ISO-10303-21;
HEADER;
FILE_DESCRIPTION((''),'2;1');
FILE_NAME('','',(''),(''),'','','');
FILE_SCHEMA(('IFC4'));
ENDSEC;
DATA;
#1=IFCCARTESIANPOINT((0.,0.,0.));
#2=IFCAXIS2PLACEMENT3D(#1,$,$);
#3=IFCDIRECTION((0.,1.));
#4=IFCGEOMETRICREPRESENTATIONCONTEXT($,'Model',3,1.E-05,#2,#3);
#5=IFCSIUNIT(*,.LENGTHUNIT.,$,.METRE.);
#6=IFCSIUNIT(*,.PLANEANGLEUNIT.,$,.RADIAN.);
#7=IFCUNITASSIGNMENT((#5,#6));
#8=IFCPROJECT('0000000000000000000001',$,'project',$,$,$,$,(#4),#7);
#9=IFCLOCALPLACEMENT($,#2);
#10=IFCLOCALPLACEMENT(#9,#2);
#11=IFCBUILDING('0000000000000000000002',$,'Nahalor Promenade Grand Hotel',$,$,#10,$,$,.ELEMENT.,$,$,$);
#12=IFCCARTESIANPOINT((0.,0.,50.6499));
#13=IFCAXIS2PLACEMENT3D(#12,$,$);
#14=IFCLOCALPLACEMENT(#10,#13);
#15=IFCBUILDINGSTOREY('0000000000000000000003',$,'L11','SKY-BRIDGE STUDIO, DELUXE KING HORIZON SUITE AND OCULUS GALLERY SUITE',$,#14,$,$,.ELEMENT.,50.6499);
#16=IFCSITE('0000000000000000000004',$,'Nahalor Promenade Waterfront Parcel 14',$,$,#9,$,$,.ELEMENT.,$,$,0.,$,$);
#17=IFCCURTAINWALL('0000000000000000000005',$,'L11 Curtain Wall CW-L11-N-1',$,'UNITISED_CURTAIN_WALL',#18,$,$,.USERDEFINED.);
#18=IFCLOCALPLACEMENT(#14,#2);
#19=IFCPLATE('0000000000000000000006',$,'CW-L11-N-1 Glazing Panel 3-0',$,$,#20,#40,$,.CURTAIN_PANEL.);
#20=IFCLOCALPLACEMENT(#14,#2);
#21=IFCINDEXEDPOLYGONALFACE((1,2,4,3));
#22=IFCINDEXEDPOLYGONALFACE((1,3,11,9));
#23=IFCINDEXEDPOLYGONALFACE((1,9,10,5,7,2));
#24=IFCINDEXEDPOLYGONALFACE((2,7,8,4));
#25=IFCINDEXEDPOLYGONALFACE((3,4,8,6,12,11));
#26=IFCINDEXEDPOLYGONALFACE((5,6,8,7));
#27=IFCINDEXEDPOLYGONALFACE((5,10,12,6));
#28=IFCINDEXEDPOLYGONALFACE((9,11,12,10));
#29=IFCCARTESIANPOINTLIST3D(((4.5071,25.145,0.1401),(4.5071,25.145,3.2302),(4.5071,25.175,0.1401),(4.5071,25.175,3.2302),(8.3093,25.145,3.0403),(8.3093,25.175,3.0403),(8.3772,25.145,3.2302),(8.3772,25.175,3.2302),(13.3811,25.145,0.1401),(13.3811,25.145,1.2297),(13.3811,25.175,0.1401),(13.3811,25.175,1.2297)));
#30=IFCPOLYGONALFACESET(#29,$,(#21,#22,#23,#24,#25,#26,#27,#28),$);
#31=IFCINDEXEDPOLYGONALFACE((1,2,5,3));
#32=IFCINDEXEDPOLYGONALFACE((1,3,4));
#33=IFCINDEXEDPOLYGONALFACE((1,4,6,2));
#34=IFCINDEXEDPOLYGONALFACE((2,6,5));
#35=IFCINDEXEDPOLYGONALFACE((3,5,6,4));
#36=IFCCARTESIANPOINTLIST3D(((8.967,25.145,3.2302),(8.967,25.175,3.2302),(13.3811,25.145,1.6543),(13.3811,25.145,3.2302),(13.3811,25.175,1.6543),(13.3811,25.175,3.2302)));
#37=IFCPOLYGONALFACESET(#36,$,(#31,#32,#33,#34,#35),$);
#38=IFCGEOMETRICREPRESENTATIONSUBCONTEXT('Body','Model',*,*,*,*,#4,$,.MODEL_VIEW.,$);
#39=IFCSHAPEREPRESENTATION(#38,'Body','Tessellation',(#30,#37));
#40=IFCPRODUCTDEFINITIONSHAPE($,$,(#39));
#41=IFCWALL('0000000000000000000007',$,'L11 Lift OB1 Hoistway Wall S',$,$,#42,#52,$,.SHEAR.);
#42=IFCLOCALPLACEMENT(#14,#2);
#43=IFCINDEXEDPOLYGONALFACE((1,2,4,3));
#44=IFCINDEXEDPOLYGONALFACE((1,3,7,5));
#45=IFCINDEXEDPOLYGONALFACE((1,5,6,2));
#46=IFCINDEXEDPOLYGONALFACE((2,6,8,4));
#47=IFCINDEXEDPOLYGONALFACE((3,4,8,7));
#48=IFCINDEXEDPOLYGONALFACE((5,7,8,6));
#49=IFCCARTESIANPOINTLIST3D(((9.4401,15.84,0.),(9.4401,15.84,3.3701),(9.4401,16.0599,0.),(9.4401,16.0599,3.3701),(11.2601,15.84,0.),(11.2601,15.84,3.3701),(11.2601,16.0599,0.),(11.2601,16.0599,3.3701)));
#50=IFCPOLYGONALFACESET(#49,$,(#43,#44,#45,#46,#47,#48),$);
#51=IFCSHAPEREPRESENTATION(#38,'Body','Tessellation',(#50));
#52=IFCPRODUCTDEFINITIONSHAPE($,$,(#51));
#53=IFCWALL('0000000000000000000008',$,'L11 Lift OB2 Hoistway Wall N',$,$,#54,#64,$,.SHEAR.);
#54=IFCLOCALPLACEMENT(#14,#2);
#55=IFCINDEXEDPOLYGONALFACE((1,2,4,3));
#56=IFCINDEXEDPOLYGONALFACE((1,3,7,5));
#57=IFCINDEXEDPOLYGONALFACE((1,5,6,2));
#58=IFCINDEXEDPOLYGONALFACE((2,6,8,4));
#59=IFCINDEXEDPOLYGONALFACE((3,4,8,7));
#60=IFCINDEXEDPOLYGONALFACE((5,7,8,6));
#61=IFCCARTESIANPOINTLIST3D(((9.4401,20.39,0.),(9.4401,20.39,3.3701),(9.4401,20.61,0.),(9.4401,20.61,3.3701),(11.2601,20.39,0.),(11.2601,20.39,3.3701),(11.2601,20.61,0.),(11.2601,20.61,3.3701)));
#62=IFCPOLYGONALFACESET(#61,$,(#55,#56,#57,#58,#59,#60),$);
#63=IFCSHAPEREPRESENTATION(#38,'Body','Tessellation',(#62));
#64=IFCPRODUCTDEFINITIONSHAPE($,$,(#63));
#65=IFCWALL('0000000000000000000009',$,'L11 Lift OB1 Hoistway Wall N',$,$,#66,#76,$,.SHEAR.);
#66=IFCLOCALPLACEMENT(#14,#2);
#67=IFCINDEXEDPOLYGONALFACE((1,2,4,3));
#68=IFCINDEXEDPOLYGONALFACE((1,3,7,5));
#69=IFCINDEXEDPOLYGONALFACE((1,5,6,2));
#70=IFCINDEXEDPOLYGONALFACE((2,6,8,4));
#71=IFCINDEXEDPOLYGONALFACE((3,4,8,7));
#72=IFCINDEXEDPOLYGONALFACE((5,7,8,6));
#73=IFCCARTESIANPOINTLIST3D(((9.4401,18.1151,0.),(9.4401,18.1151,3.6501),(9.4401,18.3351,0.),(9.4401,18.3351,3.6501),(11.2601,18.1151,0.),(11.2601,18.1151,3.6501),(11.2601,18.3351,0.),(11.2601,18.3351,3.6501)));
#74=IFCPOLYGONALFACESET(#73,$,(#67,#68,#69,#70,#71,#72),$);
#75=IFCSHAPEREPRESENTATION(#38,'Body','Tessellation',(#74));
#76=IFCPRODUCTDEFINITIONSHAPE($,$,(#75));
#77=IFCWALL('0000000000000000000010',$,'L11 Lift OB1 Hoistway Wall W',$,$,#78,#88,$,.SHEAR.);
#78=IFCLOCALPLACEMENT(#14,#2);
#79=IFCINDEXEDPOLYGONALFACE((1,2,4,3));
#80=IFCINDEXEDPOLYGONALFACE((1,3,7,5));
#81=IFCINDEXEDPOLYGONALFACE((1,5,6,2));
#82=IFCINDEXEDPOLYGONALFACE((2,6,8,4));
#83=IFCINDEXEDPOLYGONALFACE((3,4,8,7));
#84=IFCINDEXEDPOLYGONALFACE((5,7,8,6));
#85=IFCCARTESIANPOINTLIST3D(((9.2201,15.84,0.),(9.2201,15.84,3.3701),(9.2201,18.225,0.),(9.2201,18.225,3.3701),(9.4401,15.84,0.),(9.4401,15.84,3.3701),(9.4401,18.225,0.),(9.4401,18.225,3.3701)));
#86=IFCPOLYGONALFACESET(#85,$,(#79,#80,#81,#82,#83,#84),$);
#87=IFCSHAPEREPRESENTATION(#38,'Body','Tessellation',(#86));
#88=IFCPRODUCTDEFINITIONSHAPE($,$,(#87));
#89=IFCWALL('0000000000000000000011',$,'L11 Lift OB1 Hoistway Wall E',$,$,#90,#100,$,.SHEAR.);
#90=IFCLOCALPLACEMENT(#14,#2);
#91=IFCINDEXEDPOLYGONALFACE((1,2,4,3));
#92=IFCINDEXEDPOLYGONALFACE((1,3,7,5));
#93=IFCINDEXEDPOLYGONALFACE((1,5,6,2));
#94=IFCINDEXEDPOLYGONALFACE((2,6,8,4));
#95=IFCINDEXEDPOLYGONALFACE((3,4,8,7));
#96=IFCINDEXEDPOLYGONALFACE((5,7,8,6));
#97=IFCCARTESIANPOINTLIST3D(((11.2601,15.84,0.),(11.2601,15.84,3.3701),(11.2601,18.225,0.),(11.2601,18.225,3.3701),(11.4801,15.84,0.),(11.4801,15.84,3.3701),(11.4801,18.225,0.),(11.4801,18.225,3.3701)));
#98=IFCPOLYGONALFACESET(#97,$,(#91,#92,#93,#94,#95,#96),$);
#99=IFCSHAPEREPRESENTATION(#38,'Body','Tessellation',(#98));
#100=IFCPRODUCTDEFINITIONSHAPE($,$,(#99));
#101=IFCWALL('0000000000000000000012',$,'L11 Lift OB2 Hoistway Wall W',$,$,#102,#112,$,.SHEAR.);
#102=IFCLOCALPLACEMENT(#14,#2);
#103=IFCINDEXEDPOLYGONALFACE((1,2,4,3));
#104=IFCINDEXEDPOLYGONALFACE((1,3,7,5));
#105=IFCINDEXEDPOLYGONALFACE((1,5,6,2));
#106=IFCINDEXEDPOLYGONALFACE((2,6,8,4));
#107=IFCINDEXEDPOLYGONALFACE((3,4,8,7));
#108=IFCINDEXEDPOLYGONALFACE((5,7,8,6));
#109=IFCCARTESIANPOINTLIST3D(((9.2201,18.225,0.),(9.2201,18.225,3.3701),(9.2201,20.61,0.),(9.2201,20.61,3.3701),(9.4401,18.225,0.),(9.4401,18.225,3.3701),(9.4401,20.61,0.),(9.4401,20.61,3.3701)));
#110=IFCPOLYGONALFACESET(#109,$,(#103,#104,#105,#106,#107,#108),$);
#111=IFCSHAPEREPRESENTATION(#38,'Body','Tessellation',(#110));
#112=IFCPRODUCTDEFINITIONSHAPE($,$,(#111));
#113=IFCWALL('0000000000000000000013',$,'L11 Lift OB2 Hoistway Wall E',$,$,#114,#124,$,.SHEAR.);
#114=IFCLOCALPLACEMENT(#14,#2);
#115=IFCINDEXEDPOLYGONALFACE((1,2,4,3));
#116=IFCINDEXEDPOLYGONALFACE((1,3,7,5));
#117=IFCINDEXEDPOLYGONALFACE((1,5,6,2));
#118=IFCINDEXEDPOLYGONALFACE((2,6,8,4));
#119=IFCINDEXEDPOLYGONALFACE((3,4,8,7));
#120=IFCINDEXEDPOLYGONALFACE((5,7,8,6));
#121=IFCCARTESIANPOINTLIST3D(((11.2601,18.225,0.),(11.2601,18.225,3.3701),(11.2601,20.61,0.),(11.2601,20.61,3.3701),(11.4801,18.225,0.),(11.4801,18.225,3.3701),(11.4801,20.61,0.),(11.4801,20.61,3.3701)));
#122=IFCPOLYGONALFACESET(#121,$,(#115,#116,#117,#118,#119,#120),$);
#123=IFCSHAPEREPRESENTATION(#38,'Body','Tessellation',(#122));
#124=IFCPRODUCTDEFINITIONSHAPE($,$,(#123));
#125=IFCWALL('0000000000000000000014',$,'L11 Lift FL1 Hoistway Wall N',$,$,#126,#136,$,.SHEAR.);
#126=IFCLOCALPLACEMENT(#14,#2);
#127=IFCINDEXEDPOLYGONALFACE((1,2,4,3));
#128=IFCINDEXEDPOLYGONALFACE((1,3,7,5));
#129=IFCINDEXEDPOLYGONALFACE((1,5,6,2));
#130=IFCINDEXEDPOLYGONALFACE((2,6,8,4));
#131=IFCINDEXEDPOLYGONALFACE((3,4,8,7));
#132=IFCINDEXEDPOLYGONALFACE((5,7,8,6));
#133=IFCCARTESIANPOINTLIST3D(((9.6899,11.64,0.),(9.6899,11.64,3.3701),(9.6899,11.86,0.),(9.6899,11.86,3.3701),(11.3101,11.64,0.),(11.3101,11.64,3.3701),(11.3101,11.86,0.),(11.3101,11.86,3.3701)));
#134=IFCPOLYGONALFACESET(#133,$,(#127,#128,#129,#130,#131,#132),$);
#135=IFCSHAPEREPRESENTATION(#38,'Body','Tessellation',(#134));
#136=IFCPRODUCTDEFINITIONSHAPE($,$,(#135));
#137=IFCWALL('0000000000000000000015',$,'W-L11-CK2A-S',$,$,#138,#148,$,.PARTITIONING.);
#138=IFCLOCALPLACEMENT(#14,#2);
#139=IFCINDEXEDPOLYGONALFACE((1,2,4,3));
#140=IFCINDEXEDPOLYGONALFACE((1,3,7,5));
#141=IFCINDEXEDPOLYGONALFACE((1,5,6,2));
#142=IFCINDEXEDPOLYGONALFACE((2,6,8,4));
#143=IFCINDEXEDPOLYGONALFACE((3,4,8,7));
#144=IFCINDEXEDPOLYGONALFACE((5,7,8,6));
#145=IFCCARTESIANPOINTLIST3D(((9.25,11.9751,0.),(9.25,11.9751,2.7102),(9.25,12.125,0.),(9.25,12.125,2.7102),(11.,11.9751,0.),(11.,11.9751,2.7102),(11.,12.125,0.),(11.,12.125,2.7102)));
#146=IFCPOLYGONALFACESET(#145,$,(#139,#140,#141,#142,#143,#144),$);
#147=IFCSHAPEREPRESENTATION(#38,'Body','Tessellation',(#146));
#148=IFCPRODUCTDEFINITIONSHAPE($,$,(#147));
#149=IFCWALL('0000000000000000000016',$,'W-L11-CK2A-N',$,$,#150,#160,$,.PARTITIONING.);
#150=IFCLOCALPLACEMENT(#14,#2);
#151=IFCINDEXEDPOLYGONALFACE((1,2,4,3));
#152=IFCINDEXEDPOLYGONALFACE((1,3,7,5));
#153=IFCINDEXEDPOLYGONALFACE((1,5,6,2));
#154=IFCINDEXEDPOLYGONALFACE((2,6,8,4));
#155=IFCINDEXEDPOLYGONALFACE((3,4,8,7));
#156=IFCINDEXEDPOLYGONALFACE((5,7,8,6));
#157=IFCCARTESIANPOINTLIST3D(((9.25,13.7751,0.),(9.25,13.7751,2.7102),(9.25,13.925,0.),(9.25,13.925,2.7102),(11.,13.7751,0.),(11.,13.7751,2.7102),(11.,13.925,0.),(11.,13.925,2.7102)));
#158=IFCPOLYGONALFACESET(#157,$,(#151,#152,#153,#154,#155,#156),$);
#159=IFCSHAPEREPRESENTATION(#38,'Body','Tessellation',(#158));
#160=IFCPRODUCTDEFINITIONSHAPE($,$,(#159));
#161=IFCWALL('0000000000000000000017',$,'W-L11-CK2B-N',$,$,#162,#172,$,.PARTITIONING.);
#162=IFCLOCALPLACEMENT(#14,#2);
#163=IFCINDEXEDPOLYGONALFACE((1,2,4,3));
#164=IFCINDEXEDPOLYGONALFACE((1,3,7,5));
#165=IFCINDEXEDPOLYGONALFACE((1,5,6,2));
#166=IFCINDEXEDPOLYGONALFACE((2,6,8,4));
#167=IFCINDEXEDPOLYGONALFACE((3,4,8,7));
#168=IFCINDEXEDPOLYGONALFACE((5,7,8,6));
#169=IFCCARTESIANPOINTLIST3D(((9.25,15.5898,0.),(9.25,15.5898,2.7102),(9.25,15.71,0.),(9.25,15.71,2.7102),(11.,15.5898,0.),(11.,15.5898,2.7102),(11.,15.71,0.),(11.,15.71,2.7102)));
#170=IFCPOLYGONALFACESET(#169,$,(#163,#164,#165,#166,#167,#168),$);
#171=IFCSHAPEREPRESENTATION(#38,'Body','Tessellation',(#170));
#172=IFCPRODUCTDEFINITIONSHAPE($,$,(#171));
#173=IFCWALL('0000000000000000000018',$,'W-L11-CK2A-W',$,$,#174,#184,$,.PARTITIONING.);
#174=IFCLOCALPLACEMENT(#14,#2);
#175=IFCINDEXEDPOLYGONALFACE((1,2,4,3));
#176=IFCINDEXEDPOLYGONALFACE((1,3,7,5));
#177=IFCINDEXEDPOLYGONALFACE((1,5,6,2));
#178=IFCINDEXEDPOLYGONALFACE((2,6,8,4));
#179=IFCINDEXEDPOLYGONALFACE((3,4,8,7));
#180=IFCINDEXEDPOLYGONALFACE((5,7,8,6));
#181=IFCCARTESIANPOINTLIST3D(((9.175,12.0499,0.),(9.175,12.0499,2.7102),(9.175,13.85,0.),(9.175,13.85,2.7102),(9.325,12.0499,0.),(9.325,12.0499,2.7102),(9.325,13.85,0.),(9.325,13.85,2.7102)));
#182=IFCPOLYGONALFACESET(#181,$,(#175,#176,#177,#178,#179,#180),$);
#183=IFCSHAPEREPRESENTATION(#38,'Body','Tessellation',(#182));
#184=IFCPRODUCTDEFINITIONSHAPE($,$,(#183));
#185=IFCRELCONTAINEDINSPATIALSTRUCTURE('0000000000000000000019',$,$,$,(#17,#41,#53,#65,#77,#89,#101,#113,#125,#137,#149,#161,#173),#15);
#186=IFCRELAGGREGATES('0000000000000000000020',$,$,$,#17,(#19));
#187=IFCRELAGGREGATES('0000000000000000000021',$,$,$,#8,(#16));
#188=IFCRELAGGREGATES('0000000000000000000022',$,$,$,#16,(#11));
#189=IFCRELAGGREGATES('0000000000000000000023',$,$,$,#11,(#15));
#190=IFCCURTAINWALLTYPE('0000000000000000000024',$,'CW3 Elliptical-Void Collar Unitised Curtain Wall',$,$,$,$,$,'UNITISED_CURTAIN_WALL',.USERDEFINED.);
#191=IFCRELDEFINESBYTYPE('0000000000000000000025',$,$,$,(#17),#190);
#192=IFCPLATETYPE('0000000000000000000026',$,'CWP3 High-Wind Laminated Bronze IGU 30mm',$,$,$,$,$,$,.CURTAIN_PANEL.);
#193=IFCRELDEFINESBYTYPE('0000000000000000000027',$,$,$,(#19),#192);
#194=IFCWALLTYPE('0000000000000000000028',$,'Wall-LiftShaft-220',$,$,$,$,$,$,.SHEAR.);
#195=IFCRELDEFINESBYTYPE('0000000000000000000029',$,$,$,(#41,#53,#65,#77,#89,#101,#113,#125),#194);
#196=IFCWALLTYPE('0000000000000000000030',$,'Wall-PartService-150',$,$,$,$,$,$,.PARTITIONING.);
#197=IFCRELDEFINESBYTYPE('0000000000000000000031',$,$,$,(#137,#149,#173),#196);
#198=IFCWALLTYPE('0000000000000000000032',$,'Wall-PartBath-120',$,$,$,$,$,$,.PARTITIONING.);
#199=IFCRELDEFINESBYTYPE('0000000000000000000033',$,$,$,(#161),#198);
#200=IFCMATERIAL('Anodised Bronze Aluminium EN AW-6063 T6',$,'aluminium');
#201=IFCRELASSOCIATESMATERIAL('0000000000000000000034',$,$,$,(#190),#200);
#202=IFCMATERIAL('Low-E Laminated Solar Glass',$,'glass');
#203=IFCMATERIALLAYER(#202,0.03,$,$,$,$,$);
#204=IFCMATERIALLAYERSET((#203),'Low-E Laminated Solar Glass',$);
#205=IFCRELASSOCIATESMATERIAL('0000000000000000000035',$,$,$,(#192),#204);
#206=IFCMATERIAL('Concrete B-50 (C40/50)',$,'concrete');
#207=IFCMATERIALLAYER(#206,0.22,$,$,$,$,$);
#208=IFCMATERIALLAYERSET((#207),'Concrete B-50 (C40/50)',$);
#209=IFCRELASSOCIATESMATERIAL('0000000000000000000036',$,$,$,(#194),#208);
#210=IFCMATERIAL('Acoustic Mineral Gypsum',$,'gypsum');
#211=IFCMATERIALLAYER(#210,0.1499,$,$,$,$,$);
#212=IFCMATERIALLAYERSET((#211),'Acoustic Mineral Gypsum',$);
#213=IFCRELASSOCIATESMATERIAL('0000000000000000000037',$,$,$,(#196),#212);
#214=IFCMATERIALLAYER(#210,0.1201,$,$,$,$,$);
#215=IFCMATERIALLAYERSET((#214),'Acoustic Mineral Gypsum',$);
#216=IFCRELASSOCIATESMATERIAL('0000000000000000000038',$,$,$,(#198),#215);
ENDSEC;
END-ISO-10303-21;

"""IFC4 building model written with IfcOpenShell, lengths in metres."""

from ifc_helpers import new_model, si_unit, direction, frame, frame_2d, origin, place, context, subcontext, project, spatial, polyline, rectangle, outline, extrude, source, transform, mapped, material, layer, layer_set, type_object, element, aggregate, save


model = new_model("IFC4")

# Units and contexts
model_context = context("Model", 3, precision=1e-05, world=origin(), true_north=direction((0.0, 1.0)))
body_context = subcontext(model_context, "Body", "Model", "MODEL_VIEW")
ifc_project = project(units=[si_unit("LENGTHUNIT", "METRE"), si_unit("PLANEANGLEUNIT", "RADIAN")], contexts=[model_context])

# Site, building, storey
site_placement = place(None, origin())
site = spatial("IfcSite", under=ifc_project, at=site_placement, Name="Nahalor Promenade Waterfront Parcel 14", CompositionType="ELEMENT", RefElevation=0.0)
building_placement = place(site_placement, origin())
building = spatial("IfcBuilding", under=site, at=building_placement, Name="Nahalor Promenade Grand Hotel", CompositionType="ELEMENT")
storey_placement = place(building_placement, frame((0.0, 0.0, 50.6499)))
storey = spatial("IfcBuildingStorey", under=building, at=storey_placement, Name="L11", Description="SKY-BRIDGE STUDIO, DELUXE KING HORIZON SUITE AND OCULUS GALLERY SUITE", CompositionType="ELEMENT", Elevation=50.6499)

# Curtain wall, plate
ifc_material_1 = material(Name="Anodised Bronze Aluminium EN AW-6063 T6", Category="aluminium")
curtain_wall_type = type_object("IfcCurtainWallType", Name="CW3 Elliptical-Void Collar Unitised Curtain Wall", ElementType="UNITISED_CURTAIN_WALL", PredefinedType="USERDEFINED", material=ifc_material_1)
curtain_wall_placement = place(storey_placement, origin())
curtain_wall = element("IfcCurtainWall", 1, at=curtain_wall_placement, inside=storey, type_object=curtain_wall_type, Name="L11 Curtain Wall CW-L11-N-1", ObjectType="UNITISED_CURTAIN_WALL", PredefinedType="USERDEFINED")
ifc_material_2 = material(Name="Low-E Laminated Solar Glass", Category="glass")
ifc_layer_1 = layer(ifc_material_2, 0.03)
ifc_layer_set_1 = layer_set([ifc_layer_1], Name="Low-E Laminated Solar Glass")
plate_type = type_object("IfcPlateType", Name="CWP3 High-Wind Laminated Bronze IGU 30mm", PredefinedType="CURTAIN_PANEL", material=ifc_layer_set_1)
plate_placement = place(storey_placement, frame((8.9441, 25.1599, 0.1401), z_axis=(0.0, 0.0, 1.0), x_axis=(1.0, 0.0, 0.0)))
plate = element("IfcPlate", 2, at=plate_placement, type_object=plate_type, Name="CW-L11-N-1 Glazing Panel 3-0", PredefinedType="CURTAIN_PANEL", context=body_context, shape_type="SweptSolid", body=[
    extrude(outline(polyline([(-4.437, 0.0), (4.437, 0.0), (4.437, 1.0896), (-0.6348, 2.9001), (-0.5669, 3.0901), (-4.437, 3.0901), (-4.437, 0.0)])), frame((0.0, 0.0151, 0.0), z_axis=(0.0, -1.0, 0.0), x_axis=(1.0, 0.0, 0.0)), (0.0, 0.0, 1.0), 0.03),
    extrude(outline(polyline([(4.437, 1.5142), (4.437, 3.0901), (0.0229, 3.0901), (4.437, 1.5142)])), frame((0.0, 0.0151, 0.0), z_axis=(0.0, -1.0, 0.0), x_axis=(1.0, 0.0, 0.0)), (0.0, 0.0, 1.0), 0.03),
])
aggregate(curtain_wall, [plate])

# Walls
ifc_material_3 = material(Name="Concrete B-50 (C40/50)", Category="concrete")
ifc_layer_2 = layer(ifc_material_3, 0.22)
ifc_layer_set_2 = layer_set([ifc_layer_2], Name="Concrete B-50 (C40/50)")
wall_type_1 = type_object("IfcWallType", Name="Wall-LiftShaft-220", PredefinedType="SHEAR", material=ifc_layer_set_2)
shared_shape_1 = source(origin(), body_context, "Body", "SweptSolid", [
    extrude(rectangle(XDim=1.8201, YDim=0.22, at=frame_2d((0.9102, 0.0))), origin(), (0.0, 0.0, 1.0), 3.3701),
])
for number, where, z_axis, x_axis, name in (
    (3, (9.4399, 15.95, 0.0), (0.0, 0.0, 1.0), (1.0, 0.0, 0.0), "L11 Lift OB1 Hoistway Wall S"),
    (4, (9.4399, 20.5, 0.0), (0.0, 0.0, 1.0), (1.0, 0.0, 0.0), "L11 Lift OB2 Hoistway Wall N"),
):
    element("IfcWall", number, at=place(storey_placement, frame(where, z_axis=z_axis, x_axis=x_axis)), inside=storey, type_object=wall_type_1, Name=name, PredefinedType="SHEAR", context=body_context, shape_type="MappedRepresentation", body=[
        mapped(shared_shape_1, transform((0.0, 0.0, 0.0), scale=1.0)),
    ])
shared_shape_2 = source(origin(), body_context, "Body", "SweptSolid", [
    extrude(rectangle(XDim=1.8201, YDim=0.22, at=frame_2d((0.9102, 0.0))), origin(), (0.0, 0.0, 1.0), 3.6501),
])
wall_1_placement = place(storey_placement, frame((9.4399, 18.2251, 0.0), z_axis=(0.0, 0.0, 1.0), x_axis=(1.0, 0.0, 0.0)))
element("IfcWall", 5, at=wall_1_placement, inside=storey, type_object=wall_type_1, Name="L11 Lift OB1 Hoistway Wall N", PredefinedType="SHEAR", context=body_context, shape_type="MappedRepresentation", body=[
    mapped(shared_shape_2, transform((0.0, 0.0, 0.0), scale=1.0)),
])
shared_shape_3 = source(origin(), body_context, "Body", "SweptSolid", [
    extrude(rectangle(XDim=2.385, YDim=0.22, at=frame_2d((1.1924, 0.0))), origin(), (0.0, 0.0, 1.0), 3.3701),
])
for number, where, z_axis, x_axis, name in (
    (6, (9.3301, 15.8401, 0.0), (0.0, 0.0, 1.0), (0.0, 1.0, 0.0), "L11 Lift OB1 Hoistway Wall W"),
    (7, (11.3701, 15.8401, 0.0), (0.0, 0.0, 1.0), (0.0, 1.0, 0.0), "L11 Lift OB1 Hoistway Wall E"),
    (8, (9.3301, 18.2251, 0.0), (0.0, 0.0, 1.0), (0.0, 1.0, 0.0), "L11 Lift OB2 Hoistway Wall W"),
    (9, (11.3701, 18.2251, 0.0), (0.0, 0.0, 1.0), (0.0, 1.0, 0.0), "L11 Lift OB2 Hoistway Wall E"),
):
    element("IfcWall", number, at=place(storey_placement, frame(where, z_axis=z_axis, x_axis=x_axis)), inside=storey, type_object=wall_type_1, Name=name, PredefinedType="SHEAR", context=body_context, shape_type="MappedRepresentation", body=[
        mapped(shared_shape_3, transform((0.0, 0.0, 0.0), scale=1.0)),
    ])
shared_shape_4 = source(origin(), body_context, "Body", "SweptSolid", [
    extrude(rectangle(XDim=1.6201, YDim=0.22, at=frame_2d((0.8101, 0.0))), origin(), (0.0, 0.0, 1.0), 3.3701),
])
wall_2_placement = place(storey_placement, frame((9.6899, 11.75, 0.0), z_axis=(0.0, 0.0, 1.0), x_axis=(1.0, 0.0, 0.0)))
element("IfcWall", 10, at=wall_2_placement, inside=storey, type_object=wall_type_1, Name="L11 Lift FL1 Hoistway Wall N", PredefinedType="SHEAR", context=body_context, shape_type="MappedRepresentation", body=[
    mapped(shared_shape_4, transform((0.0, 0.0, 0.0), scale=1.0)),
])
ifc_material_4 = material(Name="Acoustic Mineral Gypsum", Category="gypsum")
ifc_layer_3 = layer(ifc_material_4, 0.1499)
ifc_layer_set_3 = layer_set([ifc_layer_3], Name="Acoustic Mineral Gypsum")
wall_type_2 = type_object("IfcWallType", Name="Wall-PartService-150", PredefinedType="PARTITIONING", material=ifc_layer_set_3)
shared_shape_5 = source(origin(), body_context, "Body", "SweptSolid", [
    extrude(rectangle(XDim=1.75, YDim=0.1499, at=frame_2d((0.875, 0.0))), origin(), (0.0, 0.0, 1.0), 2.7102),
])
for number, where, z_axis, x_axis, name in (
    (11, (9.25, 12.05, 0.0), (0.0, 0.0, 1.0), (1.0, 0.0, 0.0), "W-L11-CK2A-S"),
    (12, (9.25, 13.8501, 0.0), (0.0, 0.0, 1.0), (1.0, 0.0, 0.0), "W-L11-CK2A-N"),
):
    element("IfcWall", number, at=place(storey_placement, frame(where, z_axis=z_axis, x_axis=x_axis)), inside=storey, type_object=wall_type_2, Name=name, PredefinedType="PARTITIONING", context=body_context, shape_type="MappedRepresentation", body=[
        mapped(shared_shape_5, transform((0.0, 0.0, 0.0), scale=1.0)),
    ])
ifc_layer_4 = layer(ifc_material_4, 0.1201)
ifc_layer_set_4 = layer_set([ifc_layer_4], Name="Acoustic Mineral Gypsum")
wall_type_3 = type_object("IfcWallType", Name="Wall-PartBath-120", PredefinedType="PARTITIONING", material=ifc_layer_set_4)
shared_shape_6 = source(origin(), body_context, "Body", "SweptSolid", [
    extrude(rectangle(XDim=1.75, YDim=0.1201, at=frame_2d((0.875, 0.0))), origin(), (0.0, 0.0, 1.0), 2.7102),
])
wall_3_placement = place(storey_placement, frame((9.25, 15.6499, 0.0), z_axis=(0.0, 0.0, 1.0), x_axis=(1.0, 0.0, 0.0)))
element("IfcWall", 13, at=wall_3_placement, inside=storey, type_object=wall_type_3, Name="W-L11-CK2B-N", PredefinedType="PARTITIONING", context=body_context, shape_type="MappedRepresentation", body=[
    mapped(shared_shape_6, transform((0.0, 0.0, 0.0), scale=1.0)),
])
shared_shape_7 = source(origin(), body_context, "Body", "SweptSolid", [
    extrude(rectangle(XDim=1.8, YDim=0.1499, at=frame_2d((0.8999, 0.0))), origin(), (0.0, 0.0, 1.0), 2.7102),
])
wall_4_placement = place(storey_placement, frame((9.25, 12.05, 0.0), z_axis=(0.0, 0.0, 1.0), x_axis=(0.0, 1.0, 0.0)))
element("IfcWall", 14, at=wall_4_placement, inside=storey, type_object=wall_type_2, Name="W-L11-CK2A-W", PredefinedType="PARTITIONING", context=body_context, shape_type="MappedRepresentation", body=[
    mapped(shared_shape_7, transform((0.0, 0.0, 0.0), scale=1.0)),
])

save(model, "model.ifc")
